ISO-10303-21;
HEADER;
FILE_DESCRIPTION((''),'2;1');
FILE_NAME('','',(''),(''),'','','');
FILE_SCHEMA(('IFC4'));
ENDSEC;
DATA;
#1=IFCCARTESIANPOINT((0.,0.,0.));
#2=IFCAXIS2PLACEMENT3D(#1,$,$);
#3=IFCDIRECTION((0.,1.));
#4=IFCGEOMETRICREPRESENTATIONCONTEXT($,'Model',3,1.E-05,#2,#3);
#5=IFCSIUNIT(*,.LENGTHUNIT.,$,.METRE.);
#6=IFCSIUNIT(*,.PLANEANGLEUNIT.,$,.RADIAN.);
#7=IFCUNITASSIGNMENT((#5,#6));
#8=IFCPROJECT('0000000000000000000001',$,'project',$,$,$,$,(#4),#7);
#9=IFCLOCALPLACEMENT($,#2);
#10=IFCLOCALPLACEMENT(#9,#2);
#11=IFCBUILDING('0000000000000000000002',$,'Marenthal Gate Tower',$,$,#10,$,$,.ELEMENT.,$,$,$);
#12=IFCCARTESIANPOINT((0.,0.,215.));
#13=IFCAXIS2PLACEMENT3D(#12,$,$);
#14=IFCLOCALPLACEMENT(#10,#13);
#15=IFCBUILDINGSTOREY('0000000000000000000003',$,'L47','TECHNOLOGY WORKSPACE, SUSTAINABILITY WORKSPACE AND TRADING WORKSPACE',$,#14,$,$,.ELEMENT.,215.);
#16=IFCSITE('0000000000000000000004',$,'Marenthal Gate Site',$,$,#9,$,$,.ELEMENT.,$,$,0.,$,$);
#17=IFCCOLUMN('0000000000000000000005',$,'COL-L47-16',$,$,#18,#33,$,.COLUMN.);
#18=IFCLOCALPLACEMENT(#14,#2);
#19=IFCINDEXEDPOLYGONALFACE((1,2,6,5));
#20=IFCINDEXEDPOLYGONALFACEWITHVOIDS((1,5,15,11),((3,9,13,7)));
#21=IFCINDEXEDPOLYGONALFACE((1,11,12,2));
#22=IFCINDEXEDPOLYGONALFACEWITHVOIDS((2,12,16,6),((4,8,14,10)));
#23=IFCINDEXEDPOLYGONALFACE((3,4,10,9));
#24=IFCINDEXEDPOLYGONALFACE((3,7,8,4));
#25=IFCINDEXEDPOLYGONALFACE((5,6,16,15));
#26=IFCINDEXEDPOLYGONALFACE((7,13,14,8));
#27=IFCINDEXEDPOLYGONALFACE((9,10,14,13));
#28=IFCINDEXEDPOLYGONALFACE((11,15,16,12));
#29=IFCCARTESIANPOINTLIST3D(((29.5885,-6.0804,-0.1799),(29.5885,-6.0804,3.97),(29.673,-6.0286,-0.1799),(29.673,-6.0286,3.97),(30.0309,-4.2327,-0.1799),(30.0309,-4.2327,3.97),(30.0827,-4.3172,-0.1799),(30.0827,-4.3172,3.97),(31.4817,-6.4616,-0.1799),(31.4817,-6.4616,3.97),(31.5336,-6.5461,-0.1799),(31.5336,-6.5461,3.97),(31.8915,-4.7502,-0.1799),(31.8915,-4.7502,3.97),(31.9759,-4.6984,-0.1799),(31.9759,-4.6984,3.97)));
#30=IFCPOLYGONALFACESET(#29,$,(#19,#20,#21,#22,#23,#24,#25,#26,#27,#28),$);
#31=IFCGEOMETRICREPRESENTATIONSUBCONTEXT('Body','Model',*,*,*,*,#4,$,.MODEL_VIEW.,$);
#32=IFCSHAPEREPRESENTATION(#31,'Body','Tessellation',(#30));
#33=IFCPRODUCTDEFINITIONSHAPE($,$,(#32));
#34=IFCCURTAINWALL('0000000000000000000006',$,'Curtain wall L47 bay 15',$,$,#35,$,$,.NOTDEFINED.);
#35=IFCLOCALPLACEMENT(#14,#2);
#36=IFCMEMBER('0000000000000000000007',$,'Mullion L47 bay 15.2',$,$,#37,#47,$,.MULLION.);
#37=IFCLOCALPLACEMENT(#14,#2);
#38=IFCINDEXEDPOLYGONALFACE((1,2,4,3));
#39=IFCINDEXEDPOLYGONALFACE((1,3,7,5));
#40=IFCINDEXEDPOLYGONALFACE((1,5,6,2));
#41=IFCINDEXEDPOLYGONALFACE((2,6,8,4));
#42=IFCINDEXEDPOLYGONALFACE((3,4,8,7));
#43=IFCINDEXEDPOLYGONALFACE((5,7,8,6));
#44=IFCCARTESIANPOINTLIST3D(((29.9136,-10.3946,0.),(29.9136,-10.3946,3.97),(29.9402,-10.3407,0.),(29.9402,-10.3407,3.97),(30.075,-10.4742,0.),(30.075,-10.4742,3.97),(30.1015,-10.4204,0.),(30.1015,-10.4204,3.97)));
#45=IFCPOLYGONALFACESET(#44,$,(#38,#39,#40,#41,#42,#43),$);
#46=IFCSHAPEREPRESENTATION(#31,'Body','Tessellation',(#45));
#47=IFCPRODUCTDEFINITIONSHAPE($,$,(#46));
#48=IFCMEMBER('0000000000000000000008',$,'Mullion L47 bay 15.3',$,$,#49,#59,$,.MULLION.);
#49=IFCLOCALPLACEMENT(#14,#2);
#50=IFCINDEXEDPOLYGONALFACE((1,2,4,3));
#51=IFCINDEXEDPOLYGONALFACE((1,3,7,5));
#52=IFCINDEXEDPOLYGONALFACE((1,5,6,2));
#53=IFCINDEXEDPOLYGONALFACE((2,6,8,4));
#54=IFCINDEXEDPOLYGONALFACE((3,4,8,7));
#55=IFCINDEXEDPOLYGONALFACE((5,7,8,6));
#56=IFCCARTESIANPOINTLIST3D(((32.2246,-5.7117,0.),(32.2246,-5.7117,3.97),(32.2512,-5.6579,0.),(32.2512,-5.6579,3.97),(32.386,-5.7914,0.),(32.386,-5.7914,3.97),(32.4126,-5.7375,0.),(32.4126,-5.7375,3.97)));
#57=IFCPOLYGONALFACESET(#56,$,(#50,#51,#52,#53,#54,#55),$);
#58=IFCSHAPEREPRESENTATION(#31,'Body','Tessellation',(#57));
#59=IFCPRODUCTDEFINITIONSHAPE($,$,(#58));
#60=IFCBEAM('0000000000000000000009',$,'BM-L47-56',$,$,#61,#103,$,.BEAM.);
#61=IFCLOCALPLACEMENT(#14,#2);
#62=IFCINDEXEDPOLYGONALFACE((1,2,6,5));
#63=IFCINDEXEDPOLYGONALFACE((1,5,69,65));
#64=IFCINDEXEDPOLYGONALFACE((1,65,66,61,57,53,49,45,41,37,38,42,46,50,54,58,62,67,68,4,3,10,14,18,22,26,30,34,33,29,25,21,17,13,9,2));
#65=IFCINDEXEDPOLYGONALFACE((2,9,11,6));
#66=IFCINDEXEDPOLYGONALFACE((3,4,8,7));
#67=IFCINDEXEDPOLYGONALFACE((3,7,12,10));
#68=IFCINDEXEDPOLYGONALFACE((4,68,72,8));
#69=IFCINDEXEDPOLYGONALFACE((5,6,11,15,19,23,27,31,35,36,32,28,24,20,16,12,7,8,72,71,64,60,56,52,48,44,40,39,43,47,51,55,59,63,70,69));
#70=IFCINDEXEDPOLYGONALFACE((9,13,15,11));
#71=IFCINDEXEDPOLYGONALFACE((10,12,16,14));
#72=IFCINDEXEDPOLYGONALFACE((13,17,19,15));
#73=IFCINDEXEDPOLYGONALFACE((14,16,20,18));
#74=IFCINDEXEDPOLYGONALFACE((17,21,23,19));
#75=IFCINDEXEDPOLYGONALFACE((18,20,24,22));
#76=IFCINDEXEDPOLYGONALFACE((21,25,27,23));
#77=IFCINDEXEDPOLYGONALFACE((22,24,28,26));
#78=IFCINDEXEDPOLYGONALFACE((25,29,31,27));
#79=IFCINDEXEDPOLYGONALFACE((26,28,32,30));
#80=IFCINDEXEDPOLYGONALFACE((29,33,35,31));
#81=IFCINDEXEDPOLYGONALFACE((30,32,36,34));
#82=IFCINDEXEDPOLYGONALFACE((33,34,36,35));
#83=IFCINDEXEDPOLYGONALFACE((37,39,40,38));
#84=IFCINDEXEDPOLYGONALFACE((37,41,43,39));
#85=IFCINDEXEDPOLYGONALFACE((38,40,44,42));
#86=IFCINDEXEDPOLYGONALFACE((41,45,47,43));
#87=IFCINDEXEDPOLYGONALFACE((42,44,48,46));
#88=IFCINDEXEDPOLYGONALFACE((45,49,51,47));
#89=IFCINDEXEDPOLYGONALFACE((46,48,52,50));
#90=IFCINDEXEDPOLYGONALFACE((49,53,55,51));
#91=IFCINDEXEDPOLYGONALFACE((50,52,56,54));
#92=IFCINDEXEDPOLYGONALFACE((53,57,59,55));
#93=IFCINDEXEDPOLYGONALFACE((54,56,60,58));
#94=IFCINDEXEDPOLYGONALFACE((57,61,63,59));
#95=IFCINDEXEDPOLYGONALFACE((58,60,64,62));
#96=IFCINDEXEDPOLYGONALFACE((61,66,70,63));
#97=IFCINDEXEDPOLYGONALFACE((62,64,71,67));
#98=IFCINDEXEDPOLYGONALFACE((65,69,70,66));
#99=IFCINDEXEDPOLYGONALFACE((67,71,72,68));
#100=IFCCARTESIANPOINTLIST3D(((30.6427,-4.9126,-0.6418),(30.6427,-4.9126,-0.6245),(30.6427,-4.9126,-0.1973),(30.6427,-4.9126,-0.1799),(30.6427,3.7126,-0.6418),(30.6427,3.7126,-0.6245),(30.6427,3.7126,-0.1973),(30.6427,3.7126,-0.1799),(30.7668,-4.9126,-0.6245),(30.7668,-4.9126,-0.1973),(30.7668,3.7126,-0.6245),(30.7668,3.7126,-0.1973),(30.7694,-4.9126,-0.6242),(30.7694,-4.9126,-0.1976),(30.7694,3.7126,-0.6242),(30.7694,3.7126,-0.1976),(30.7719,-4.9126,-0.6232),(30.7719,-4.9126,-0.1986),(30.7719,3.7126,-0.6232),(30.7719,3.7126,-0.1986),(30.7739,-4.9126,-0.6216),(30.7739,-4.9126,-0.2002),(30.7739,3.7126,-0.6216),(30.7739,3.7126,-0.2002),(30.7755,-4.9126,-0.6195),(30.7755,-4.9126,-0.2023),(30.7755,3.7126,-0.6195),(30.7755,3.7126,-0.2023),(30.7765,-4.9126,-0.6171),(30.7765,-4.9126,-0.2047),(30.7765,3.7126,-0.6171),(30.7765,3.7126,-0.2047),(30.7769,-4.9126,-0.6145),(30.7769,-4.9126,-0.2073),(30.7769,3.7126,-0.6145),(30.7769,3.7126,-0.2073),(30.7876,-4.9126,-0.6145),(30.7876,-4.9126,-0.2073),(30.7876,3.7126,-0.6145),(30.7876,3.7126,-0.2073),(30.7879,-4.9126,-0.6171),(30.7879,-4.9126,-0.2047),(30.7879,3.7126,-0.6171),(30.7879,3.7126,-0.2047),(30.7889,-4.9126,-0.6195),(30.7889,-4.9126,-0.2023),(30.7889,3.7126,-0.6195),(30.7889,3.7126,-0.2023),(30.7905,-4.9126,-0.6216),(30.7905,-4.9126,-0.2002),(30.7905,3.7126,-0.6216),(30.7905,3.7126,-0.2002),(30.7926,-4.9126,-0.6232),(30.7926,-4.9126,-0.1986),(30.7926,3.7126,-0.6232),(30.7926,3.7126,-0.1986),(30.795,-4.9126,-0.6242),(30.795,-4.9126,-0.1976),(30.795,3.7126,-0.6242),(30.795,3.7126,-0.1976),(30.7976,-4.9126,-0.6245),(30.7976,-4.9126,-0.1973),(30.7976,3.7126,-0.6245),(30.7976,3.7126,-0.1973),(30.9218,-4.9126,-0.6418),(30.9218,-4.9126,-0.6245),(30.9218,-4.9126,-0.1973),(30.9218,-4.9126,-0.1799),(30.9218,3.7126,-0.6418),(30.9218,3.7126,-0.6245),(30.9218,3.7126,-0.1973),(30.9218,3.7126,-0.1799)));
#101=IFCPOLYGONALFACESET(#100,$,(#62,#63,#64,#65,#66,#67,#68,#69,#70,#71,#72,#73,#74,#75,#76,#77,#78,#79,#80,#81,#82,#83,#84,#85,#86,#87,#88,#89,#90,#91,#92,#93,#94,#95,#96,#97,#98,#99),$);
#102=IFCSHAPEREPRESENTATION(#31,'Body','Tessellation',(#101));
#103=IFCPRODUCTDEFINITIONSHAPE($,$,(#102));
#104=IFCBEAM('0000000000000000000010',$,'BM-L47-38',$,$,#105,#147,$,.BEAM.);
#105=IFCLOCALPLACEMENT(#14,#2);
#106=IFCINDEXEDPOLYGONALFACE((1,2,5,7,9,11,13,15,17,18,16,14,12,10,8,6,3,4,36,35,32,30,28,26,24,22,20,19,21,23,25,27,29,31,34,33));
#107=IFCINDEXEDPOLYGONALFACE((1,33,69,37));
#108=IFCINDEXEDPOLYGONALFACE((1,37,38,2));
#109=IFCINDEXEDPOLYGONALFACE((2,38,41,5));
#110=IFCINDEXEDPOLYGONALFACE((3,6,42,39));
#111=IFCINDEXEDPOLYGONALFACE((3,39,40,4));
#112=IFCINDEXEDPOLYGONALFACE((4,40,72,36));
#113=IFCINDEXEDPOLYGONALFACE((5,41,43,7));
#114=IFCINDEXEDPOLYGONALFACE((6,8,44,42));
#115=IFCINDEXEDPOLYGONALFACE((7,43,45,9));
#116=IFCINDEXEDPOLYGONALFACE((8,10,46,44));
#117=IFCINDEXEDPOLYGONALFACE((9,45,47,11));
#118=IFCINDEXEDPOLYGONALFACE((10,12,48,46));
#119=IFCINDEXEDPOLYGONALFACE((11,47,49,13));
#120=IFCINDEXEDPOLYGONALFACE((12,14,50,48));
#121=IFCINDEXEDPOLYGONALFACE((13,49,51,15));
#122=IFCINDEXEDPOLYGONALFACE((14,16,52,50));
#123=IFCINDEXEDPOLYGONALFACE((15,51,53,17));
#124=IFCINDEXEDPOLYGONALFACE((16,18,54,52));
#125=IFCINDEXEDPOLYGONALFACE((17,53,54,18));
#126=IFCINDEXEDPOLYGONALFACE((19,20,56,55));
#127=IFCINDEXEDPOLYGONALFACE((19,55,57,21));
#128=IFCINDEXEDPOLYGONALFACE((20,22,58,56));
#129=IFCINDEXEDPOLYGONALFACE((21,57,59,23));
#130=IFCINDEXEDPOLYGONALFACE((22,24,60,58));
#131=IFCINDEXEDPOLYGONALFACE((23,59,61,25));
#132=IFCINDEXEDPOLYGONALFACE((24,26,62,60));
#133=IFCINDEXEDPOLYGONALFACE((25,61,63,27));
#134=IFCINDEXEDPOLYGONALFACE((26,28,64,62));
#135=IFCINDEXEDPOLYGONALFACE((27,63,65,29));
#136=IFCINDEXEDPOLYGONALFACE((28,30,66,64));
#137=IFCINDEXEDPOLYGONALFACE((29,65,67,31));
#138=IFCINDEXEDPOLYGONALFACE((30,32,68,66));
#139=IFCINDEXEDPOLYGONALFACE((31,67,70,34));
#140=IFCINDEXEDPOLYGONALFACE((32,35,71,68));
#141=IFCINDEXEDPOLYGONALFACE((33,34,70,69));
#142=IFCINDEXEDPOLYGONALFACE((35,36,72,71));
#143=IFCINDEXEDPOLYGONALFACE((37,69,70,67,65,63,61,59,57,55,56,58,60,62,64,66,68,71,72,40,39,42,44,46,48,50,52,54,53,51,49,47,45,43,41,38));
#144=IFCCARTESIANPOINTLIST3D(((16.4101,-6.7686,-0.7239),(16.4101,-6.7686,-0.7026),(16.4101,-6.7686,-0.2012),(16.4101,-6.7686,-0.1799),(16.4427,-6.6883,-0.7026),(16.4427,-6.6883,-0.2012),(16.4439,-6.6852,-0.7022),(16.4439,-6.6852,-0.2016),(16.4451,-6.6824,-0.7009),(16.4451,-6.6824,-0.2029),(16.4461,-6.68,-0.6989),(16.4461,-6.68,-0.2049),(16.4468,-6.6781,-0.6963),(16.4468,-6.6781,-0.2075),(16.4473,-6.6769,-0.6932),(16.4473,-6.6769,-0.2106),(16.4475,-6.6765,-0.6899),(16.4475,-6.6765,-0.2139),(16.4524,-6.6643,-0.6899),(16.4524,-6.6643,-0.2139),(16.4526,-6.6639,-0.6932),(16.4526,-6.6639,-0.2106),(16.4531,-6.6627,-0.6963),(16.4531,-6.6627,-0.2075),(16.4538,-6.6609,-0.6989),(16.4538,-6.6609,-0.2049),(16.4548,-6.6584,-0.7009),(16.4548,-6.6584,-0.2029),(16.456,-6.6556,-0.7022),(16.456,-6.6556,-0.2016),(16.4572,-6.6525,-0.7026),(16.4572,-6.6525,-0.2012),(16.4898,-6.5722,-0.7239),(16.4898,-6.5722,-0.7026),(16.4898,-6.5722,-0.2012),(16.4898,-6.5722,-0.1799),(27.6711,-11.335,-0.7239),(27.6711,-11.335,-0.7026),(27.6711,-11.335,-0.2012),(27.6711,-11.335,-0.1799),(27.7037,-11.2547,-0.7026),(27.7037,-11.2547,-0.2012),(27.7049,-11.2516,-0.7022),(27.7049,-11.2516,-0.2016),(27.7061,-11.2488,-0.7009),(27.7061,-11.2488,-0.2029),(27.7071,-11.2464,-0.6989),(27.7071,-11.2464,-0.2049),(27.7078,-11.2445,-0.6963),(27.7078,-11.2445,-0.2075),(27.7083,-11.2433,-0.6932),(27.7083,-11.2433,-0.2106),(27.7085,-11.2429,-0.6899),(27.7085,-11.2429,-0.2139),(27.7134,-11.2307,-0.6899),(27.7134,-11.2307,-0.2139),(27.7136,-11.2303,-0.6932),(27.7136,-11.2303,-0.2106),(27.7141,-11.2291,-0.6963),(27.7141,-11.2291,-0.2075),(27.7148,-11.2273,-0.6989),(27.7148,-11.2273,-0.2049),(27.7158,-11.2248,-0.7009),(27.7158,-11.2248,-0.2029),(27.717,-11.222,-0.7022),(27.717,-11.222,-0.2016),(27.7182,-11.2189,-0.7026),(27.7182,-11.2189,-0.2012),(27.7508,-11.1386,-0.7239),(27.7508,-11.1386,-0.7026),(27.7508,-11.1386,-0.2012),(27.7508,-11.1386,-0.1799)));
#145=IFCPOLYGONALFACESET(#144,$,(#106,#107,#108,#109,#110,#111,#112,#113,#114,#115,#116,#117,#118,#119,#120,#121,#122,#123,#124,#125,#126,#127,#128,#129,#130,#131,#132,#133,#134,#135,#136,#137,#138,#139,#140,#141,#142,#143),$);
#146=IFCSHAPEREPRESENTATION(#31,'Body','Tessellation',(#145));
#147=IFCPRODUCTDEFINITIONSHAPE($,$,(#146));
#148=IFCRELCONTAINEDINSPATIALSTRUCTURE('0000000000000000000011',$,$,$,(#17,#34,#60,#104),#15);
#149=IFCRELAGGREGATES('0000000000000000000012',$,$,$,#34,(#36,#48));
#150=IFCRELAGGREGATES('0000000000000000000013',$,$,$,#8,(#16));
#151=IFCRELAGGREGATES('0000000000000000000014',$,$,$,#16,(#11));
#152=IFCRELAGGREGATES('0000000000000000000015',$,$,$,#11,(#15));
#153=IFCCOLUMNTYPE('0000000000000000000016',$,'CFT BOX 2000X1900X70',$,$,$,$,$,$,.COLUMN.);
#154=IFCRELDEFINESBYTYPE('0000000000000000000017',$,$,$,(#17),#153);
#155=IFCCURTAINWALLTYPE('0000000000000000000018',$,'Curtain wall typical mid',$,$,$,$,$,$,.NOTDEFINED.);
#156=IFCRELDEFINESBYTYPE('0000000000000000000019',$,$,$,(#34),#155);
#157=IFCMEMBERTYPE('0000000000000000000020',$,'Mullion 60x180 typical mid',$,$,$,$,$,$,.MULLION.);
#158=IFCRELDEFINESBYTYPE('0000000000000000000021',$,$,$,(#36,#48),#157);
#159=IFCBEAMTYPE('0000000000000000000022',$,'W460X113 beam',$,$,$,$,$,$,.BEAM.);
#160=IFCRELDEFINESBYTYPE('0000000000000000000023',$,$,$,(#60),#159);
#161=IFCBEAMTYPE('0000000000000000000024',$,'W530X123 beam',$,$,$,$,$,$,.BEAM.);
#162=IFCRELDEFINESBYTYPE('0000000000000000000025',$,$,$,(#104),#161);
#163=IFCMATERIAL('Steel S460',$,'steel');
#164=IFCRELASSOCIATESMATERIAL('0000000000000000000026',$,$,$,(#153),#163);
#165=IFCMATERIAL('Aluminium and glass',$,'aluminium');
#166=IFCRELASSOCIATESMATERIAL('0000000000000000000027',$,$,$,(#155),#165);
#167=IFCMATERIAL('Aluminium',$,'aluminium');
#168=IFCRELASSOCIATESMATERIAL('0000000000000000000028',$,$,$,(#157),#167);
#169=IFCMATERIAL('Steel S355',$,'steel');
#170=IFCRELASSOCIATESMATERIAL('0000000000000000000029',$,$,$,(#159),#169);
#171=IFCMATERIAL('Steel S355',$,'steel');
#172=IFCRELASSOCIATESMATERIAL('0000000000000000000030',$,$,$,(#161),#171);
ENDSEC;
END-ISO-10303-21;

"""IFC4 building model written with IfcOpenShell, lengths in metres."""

from ifc_helpers import new_model, si_unit, direction, frame, origin, origin_2d, place, context, subcontext, project, spatial, rectangle, hollow_rectangle, i_section, extrude, material, material_profile, profile_set, type_object, element, aggregate, save


model = new_model("IFC4")

# Units and contexts
model_context = context("Model", 3, precision=1e-05, world=origin(), true_north=direction((0.0, 1.0)))
body_context = subcontext(model_context, "Body", "Model", "MODEL_VIEW")
ifc_project = project(units=[si_unit("LENGTHUNIT", "METRE"), si_unit("PLANEANGLEUNIT", "RADIAN")], contexts=[model_context])

# Site, building, storey
site_placement = place(None, origin())
site = spatial("IfcSite", under=ifc_project, at=site_placement, Name="Marenthal Gate Site", CompositionType="ELEMENT", RefElevation=0.0)
building_placement = place(site_placement, origin())
building = spatial("IfcBuilding", under=site, at=building_placement, Name="Marenthal Gate Tower", CompositionType="ELEMENT")
storey_placement = place(building_placement, frame((0.0, 0.0, 215.0)))
storey = spatial("IfcBuildingStorey", under=building, at=storey_placement, Name="L47", Description="TECHNOLOGY WORKSPACE, SUSTAINABILITY WORKSPACE AND TRADING WORKSPACE", CompositionType="ELEMENT", Elevation=215.0)

# Column
ifc_material_1 = material(Name="Steel S460", Category="steel")
ifc_material_profile_1 = material_profile(ifc_material_1, hollow_rectangle(XDim=1.8999, YDim=2.0, WallThickness=0.0701, at=origin_2d()), Name="CFT BOX 2000X1900X70")
ifc_material_2 = material(Name="Concrete 70 MPa", Category="concrete")
ifc_material_profile_2 = material_profile(ifc_material_2, rectangle(XDim=1.76, YDim=1.8601, at=origin_2d()), Name="CFT BOX 2000X1900X70 INFILL")
ifc_profile_set_1 = profile_set([ifc_material_profile_1, ifc_material_profile_2], Name="Steel S460 shell, Concrete 70 MPa infill")
column_type = type_object("IfcColumnType", Name="CFT BOX 2000X1900X70", PredefinedType="COLUMN", material=ifc_profile_set_1)
column_placement = place(storey_placement, frame((30.7822, -5.3894, -0.1799), z_axis=(0.0, 0.0, 1.0), x_axis=(-0.232843, -0.972514, 0.0)))
element("IfcColumn", 1, at=column_placement, inside=storey, type_object=column_type, Name="COL-L47-16", PredefinedType="COLUMN", context=body_context, shape_type="SweptSolid", body=[
    extrude(hollow_rectangle(XDim=1.8999, YDim=2.0, WallThickness=0.0701, at=origin_2d()), origin(), (0.0, 0.0, 1.0), 4.1499),
])

# Curtain wall, members
ifc_material_3 = material(Name="Aluminium and glass", Category="aluminium")
curtain_wall_type = type_object("IfcCurtainWallType", Name="Curtain wall typical mid", PredefinedType="NOTDEFINED", material=ifc_material_3)
curtain_wall_placement = place(storey_placement, origin())
curtain_wall = element("IfcCurtainWall", 2, at=curtain_wall_placement, inside=storey, type_object=curtain_wall_type, Name="Curtain wall L47 bay 15", PredefinedType="NOTDEFINED")
ifc_material_4 = material(Name="Aluminium", Category="aluminium")
ifc_material_profile_3 = material_profile(ifc_material_4, rectangle(XDim=0.1799, YDim=0.0601, at=origin_2d()), Name="60x180 aluminium mullion")
ifc_profile_set_2 = profile_set([ifc_material_profile_3], Name="Aluminium")
member_type = type_object("IfcMemberType", Name="Mullion 60x180 typical mid", PredefinedType="MULLION", material=ifc_profile_set_2)
member_1_placement = place(storey_placement, frame((30.0076, -10.4075, 0.0), z_axis=(0.0, 0.0, 1.0), x_axis=(-0.896757, 0.442523, 0.0)))
member_1 = element("IfcMember", 3, at=member_1_placement, type_object=member_type, Name="Mullion L47 bay 15.2", PredefinedType="MULLION", context=body_context, shape_type="SweptSolid", body=[
    extrude(rectangle(XDim=0.1799, YDim=0.0601, at=origin_2d()), origin(), (0.0, 0.0, 1.0), 3.97),
])
member_2_placement = place(storey_placement, frame((32.3186, -5.7246, 0.0), z_axis=(0.0, 0.0, 1.0), x_axis=(-0.896757, 0.442523, 0.0)))
member_2 = element("IfcMember", 4, at=member_2_placement, type_object=member_type, Name="Mullion L47 bay 15.3", PredefinedType="MULLION", context=body_context, shape_type="SweptSolid", body=[
    extrude(rectangle(XDim=0.1799, YDim=0.0601, at=origin_2d()), origin(), (0.0, 0.0, 1.0), 3.97),
])

# Beams
ifc_material_5 = material(Name="Steel S355", Category="steel")
ifc_material_profile_4 = material_profile(ifc_material_5, i_section(OverallWidth=0.2791, OverallDepth=0.4619, WebThickness=0.0107, FlangeThickness=0.0173, FilletRadius=0.01, at=origin_2d()), Name="W460X113")
ifc_profile_set_3 = profile_set([ifc_material_profile_4], Name="Steel S355")
beam_type_1 = type_object("IfcBeamType", Name="W460X113 beam", PredefinedType="BEAM", material=ifc_profile_set_3)
beam_1_placement = place(storey_placement, frame((30.7822, -4.9126, -0.4109), z_axis=(0.0, 1.0, 0.0), x_axis=(-1.0, 0.0, 0.0)))
element("IfcBeam", 5, at=beam_1_placement, inside=storey, type_object=beam_type_1, Name="BM-L47-56", PredefinedType="BEAM", context=body_context, shape_type="SweptSolid", body=[
    extrude(i_section(OverallWidth=0.2791, OverallDepth=0.4619, WebThickness=0.0107, FlangeThickness=0.0173, FilletRadius=0.01, at=origin_2d()), origin(), (0.0, 0.0, 1.0), 8.6252),
])
ifc_material_6 = material(Name="Steel S355", Category="steel")
ifc_material_profile_5 = material_profile(ifc_material_6, i_section(OverallWidth=0.2119, OverallDepth=0.5439, WebThickness=0.0132, FlangeThickness=0.0212, FilletRadius=0.0127, at=origin_2d()), Name="W530X123")
ifc_profile_set_4 = profile_set([ifc_material_profile_5], Name="Steel S355")
beam_type_2 = type_object("IfcBeamType", Name="W530X123 beam", PredefinedType="BEAM", material=ifc_profile_set_4)
beam_2_placement = place(storey_placement, frame((27.7109, -11.2368, -0.4519), z_axis=(-0.926707, 0.375786, 0.0), x_axis=(-0.375786, -0.926707, 0.0)))
element("IfcBeam", 6, at=beam_2_placement, inside=storey, type_object=beam_type_2, Name="BM-L47-38", PredefinedType="BEAM", context=body_context, shape_type="SweptSolid", body=[
    extrude(i_section(OverallWidth=0.2119, OverallDepth=0.5439, WebThickness=0.0132, FlangeThickness=0.0212, FilletRadius=0.0127, at=origin_2d()), origin(), (0.0, 0.0, 1.0), 12.1516),
])

aggregate(curtain_wall, [member_1, member_2])

save(model, "model.ifc")
